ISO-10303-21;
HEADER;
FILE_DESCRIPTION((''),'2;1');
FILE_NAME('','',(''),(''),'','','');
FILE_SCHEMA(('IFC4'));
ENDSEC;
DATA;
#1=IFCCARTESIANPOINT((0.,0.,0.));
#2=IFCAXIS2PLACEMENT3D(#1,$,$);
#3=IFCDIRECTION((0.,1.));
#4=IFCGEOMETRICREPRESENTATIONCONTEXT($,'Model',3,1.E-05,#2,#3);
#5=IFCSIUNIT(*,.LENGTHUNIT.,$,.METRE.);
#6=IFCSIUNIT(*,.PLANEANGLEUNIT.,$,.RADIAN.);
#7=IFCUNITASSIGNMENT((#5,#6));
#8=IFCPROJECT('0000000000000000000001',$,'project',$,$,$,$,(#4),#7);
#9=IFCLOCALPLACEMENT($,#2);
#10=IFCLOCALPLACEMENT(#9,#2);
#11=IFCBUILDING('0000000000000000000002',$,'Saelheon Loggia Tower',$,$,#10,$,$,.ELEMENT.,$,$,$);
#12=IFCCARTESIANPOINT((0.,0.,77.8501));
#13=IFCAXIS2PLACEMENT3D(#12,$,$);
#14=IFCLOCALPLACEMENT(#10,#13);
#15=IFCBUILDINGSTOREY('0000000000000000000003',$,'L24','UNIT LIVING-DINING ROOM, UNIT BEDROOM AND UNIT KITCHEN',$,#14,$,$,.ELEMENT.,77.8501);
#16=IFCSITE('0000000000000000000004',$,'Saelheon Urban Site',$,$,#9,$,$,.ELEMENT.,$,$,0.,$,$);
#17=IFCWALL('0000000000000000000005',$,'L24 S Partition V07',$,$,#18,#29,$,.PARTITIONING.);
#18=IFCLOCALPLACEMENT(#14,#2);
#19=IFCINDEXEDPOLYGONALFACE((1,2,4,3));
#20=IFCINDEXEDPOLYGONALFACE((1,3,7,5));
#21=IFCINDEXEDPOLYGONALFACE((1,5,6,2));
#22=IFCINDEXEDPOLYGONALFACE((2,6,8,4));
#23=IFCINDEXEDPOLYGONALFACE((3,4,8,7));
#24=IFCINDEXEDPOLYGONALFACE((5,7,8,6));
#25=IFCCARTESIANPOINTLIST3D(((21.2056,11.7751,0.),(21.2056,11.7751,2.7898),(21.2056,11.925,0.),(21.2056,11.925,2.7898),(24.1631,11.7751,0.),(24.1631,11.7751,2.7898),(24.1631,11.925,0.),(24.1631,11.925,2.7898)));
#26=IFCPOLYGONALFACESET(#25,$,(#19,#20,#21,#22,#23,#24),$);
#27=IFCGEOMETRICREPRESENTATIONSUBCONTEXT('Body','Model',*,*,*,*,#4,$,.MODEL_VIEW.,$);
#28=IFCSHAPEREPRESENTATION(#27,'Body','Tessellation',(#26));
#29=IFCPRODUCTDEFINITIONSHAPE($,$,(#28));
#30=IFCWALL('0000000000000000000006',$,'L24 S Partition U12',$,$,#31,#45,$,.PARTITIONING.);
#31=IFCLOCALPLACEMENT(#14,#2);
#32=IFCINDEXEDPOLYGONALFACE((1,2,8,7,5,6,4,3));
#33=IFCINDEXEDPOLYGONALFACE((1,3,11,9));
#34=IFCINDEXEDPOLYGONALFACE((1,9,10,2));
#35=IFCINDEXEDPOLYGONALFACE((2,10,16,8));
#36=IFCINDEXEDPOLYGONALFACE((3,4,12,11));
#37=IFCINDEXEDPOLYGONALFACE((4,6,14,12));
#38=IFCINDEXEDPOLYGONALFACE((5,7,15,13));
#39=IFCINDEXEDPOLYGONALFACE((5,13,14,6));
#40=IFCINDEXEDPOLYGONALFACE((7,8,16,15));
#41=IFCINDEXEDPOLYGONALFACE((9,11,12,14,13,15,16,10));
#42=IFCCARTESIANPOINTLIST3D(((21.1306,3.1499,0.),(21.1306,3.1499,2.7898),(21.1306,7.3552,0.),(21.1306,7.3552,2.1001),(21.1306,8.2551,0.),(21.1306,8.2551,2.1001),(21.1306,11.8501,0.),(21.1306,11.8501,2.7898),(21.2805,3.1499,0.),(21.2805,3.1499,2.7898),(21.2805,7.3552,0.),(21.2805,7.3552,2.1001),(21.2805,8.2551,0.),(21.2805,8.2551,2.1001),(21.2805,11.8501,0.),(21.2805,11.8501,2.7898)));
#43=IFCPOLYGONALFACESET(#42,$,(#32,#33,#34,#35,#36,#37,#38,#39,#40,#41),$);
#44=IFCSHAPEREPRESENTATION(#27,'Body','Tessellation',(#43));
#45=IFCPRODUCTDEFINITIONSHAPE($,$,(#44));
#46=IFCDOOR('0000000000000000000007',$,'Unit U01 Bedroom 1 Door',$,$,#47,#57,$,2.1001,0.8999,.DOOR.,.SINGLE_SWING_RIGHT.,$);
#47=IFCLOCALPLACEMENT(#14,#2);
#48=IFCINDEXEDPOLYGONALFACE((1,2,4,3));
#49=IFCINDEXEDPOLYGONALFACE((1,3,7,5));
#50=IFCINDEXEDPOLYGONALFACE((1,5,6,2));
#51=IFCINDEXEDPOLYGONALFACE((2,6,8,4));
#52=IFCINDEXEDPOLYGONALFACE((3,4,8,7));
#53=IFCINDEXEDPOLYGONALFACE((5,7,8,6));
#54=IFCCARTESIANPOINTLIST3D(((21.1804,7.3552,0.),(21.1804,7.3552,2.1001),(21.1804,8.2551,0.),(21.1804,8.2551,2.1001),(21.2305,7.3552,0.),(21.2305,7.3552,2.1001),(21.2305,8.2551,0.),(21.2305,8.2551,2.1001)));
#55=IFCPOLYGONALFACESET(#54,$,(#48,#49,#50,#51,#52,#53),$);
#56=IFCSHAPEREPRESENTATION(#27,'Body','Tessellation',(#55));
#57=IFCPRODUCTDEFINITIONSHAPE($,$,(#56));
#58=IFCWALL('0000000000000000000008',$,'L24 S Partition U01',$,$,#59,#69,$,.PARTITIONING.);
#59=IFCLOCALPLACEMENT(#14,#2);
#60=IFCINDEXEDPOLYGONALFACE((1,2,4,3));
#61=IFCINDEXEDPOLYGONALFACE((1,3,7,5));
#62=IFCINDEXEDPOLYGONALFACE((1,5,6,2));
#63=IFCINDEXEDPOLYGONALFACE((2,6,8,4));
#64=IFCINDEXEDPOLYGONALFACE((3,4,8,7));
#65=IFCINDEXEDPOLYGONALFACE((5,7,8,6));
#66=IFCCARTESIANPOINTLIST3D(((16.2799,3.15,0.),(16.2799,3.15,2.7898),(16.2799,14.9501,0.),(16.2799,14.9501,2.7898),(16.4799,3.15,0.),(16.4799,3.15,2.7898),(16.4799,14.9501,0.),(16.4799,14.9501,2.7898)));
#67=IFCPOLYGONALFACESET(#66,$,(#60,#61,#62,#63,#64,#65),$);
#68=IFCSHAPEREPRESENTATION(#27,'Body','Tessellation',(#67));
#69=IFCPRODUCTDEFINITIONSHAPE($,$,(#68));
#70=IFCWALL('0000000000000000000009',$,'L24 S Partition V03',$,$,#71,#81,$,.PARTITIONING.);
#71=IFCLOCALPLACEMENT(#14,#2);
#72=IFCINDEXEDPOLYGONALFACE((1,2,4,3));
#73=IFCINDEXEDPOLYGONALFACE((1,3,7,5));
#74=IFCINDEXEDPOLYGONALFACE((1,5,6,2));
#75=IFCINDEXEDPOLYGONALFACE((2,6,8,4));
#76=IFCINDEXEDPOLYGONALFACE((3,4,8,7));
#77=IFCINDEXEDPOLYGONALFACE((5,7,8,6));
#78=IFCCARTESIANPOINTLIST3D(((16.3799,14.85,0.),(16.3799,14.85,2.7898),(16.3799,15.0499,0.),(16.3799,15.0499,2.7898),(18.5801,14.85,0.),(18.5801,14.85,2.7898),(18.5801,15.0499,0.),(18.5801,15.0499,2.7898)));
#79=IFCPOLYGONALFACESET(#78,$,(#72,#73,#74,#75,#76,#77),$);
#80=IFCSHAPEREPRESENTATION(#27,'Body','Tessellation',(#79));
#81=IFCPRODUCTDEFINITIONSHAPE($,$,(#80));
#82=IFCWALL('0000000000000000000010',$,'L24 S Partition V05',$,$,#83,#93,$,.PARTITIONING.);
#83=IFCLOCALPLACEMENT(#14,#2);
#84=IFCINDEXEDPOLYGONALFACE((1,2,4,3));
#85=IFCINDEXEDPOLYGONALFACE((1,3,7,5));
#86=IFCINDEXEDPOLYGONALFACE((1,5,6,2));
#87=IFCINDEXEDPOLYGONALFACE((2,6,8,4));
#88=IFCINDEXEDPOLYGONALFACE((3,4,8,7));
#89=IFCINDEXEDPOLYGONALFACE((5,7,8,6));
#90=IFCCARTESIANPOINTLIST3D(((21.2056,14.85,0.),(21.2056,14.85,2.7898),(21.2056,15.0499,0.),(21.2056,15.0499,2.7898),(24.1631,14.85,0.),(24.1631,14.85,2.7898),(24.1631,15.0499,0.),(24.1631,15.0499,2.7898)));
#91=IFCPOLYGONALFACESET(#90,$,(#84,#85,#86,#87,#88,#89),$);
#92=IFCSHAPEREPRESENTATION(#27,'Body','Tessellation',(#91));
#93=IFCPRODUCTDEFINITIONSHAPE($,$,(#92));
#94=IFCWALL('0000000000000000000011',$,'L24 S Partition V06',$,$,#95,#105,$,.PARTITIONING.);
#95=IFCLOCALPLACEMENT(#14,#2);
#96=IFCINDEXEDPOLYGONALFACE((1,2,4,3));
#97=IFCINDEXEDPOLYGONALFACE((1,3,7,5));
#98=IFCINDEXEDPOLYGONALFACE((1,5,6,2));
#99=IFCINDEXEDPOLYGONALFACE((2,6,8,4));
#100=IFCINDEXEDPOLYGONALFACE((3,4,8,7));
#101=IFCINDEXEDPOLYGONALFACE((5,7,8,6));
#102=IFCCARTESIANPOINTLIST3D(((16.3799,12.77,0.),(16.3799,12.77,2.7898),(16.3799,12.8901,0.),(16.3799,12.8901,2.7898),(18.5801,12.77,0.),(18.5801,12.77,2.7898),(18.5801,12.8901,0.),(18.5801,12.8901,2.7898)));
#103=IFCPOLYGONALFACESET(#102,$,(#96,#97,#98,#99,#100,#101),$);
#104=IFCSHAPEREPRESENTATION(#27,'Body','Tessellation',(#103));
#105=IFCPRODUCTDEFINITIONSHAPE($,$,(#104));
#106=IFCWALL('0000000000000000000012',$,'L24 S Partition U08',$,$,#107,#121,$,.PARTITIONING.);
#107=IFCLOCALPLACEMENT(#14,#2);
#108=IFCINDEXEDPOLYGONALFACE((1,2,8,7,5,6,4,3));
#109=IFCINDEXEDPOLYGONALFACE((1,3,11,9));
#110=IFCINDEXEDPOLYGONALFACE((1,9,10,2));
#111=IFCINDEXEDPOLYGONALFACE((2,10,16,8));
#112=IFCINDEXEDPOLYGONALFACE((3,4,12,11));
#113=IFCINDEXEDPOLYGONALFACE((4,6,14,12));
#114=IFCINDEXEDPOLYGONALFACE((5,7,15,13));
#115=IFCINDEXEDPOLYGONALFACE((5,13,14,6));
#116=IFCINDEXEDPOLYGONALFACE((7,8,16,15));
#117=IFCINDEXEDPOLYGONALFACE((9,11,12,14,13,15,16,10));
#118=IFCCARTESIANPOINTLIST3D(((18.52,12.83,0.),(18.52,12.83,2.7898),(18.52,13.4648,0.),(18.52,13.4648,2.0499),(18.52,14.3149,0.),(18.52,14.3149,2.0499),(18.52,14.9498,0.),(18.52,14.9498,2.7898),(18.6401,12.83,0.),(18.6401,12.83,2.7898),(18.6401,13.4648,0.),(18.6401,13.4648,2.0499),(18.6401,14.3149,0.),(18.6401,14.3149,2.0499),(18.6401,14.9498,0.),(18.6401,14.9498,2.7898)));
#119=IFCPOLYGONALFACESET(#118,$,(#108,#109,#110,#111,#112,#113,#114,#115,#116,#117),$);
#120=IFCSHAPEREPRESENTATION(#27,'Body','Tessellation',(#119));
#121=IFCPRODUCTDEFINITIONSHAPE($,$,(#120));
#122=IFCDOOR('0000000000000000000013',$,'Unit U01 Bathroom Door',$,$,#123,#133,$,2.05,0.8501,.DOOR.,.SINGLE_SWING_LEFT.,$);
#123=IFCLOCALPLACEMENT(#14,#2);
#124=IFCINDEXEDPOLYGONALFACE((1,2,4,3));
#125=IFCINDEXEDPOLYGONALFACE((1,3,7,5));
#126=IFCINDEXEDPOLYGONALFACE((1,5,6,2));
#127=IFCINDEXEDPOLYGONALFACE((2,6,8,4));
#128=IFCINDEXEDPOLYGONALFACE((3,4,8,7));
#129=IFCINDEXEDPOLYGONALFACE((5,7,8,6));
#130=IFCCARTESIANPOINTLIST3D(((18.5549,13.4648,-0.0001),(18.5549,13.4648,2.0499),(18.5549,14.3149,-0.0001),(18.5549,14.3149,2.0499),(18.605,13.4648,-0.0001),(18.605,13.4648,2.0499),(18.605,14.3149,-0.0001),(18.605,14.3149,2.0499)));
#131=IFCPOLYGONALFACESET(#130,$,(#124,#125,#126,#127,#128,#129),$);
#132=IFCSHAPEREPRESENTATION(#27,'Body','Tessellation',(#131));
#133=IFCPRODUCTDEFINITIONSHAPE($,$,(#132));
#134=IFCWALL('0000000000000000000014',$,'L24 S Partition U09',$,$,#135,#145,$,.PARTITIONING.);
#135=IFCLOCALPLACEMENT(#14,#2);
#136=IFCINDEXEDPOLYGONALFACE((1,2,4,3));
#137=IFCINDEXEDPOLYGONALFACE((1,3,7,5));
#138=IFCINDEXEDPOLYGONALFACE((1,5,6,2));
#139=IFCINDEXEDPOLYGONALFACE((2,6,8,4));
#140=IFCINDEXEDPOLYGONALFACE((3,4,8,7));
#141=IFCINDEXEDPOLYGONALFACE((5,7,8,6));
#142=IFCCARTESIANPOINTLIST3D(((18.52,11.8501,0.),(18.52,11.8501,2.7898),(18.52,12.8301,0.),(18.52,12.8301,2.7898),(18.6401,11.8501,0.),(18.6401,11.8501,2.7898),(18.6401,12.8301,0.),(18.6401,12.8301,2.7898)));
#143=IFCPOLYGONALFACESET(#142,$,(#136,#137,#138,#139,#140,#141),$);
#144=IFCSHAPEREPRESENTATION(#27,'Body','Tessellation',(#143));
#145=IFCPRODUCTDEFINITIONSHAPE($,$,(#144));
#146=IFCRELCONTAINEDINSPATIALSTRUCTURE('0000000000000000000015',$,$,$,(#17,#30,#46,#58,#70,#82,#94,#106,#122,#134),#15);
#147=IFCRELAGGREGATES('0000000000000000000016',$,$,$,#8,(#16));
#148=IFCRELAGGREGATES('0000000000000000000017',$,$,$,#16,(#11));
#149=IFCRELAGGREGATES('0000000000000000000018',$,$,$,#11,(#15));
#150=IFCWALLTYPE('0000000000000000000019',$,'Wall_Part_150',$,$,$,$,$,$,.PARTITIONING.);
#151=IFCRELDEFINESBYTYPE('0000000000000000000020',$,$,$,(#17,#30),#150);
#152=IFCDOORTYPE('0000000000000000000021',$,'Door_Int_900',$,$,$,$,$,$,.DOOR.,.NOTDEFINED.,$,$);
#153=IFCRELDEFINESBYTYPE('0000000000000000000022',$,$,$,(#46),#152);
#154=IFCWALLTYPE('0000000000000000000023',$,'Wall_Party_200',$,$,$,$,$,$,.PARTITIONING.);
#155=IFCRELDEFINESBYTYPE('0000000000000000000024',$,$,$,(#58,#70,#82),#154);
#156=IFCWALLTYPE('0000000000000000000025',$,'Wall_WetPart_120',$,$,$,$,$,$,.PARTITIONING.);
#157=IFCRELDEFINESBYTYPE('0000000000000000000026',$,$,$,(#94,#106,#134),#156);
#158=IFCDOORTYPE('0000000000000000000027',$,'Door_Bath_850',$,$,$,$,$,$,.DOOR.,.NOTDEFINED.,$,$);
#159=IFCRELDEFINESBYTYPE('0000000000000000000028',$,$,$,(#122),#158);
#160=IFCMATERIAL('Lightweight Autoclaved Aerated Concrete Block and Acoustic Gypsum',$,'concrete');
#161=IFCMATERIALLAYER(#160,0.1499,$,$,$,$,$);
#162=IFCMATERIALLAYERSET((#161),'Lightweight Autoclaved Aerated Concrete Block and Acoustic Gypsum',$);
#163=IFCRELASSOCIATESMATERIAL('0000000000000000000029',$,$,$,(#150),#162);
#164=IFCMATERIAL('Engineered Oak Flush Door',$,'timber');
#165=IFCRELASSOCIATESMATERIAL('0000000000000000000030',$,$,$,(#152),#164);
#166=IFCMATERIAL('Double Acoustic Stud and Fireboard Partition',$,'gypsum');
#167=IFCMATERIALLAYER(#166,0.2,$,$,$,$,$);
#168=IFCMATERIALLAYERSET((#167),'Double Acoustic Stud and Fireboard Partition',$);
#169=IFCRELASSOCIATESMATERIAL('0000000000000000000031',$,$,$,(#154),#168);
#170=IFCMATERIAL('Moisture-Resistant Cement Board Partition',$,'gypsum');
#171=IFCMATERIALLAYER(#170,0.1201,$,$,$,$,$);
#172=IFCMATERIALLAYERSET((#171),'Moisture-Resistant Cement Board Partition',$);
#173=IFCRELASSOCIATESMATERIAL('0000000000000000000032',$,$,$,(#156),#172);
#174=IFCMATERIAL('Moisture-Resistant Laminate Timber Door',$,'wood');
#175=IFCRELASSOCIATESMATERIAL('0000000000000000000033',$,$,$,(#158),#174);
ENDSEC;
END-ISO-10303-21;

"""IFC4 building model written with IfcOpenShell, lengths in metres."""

from ifc_helpers import new_model, si_unit, direction, frame, frame_2d, origin, place, context, subcontext, project, spatial, rectangle, extrude, source, transform, mapped, material, layer, layer_set, type_object, element, fill, save


model = new_model("IFC4")

# Units and contexts
model_context = context("Model", 3, precision=1e-05, world=origin(), true_north=direction((0.0, 1.0)))
body_context = subcontext(model_context, "Body", "Model", "MODEL_VIEW")
ifc_project = project(units=[si_unit("LENGTHUNIT", "METRE"), si_unit("PLANEANGLEUNIT", "RADIAN")], contexts=[model_context])

# Site, building, storey
site_placement = place(None, origin())
site = spatial("IfcSite", under=ifc_project, at=site_placement, Name="Saelheon Urban Site", CompositionType="ELEMENT", RefElevation=0.0)
building_placement = place(site_placement, origin())
building = spatial("IfcBuilding", under=site, at=building_placement, Name="Saelheon Loggia Tower", CompositionType="ELEMENT")
storey_placement = place(building_placement, frame((0.0, 0.0, 77.8501)))
storey = spatial("IfcBuildingStorey", under=building, at=storey_placement, Name="L24", Description="UNIT LIVING-DINING ROOM, UNIT BEDROOM AND UNIT KITCHEN", CompositionType="ELEMENT", Elevation=77.8501)

# Wall
ifc_material_1 = material(Name="Lightweight Autoclaved Aerated Concrete Block and Acoustic Gypsum", Category="concrete")
ifc_layer_1 = layer(ifc_material_1, 0.1499)
ifc_layer_set_1 = layer_set([ifc_layer_1], Name="Lightweight Autoclaved Aerated Concrete Block and Acoustic Gypsum")
wall_type_1 = type_object("IfcWallType", Name="Wall_Part_150", PredefinedType="PARTITIONING", material=ifc_layer_set_1)
wall_1_placement = place(storey_placement, frame((21.2056, 11.8501, 0.0), z_axis=(0.0, 0.0, 1.0), x_axis=(1.0, 0.0, 0.0)))
element("IfcWall", 1, at=wall_1_placement, inside=storey, type_object=wall_type_1, Name="L24 S Partition V07", PredefinedType="PARTITIONING", context=body_context, shape_type="SweptSolid", body=[
    extrude(rectangle(XDim=2.9575, YDim=0.1499, at=frame_2d((1.4788, 0.0))), origin(), (0.0, 0.0, 1.0), 2.7898),
])

# Wall, opening, door
wall_2_placement = place(storey_placement, frame((21.2056, 11.8501, 0.0), z_axis=(0.0, 0.0, 1.0), x_axis=(0.0, -1.0, 0.0)))
wall_2 = element("IfcWall", 2, at=wall_2_placement, inside=storey, type_object=wall_type_1, Name="L24 S Partition U12", PredefinedType="PARTITIONING", context=body_context, shape_type="SweptSolid", body=[
    extrude(rectangle(XDim=8.7002, YDim=0.1499, at=frame_2d((4.3501, 0.0))), origin(), (0.0, 0.0, 1.0), 2.7898),
])
opening_1_placement = place(wall_2_placement, frame((3.595, 0.0, 0.0)))
opening_1 = element("IfcOpeningElement", 3, at=opening_1_placement, cuts=wall_2, PredefinedType="OPENING", context=body_context, shape_type="SweptSolid", body=[
    extrude(rectangle(XDim=0.8999, YDim=2.1001, at=frame_2d((0.45, 1.05))), frame((0.0, 0.0869, 0.0), z_axis=(0.0, -1.0, 0.0), x_axis=(1.0, 0.0, 0.0)), (0.0, 0.0, 1.0), 0.1738),
])
ifc_material_2 = material(Name="Engineered Oak Flush Door", Category="timber")
door_type_1 = type_object("IfcDoorType", Name="Door_Int_900", OperationType="NOTDEFINED", PredefinedType="DOOR", material=ifc_material_2)
shared_shape_1 = source(origin(), body_context, "Body", "SweptSolid", [
    extrude(rectangle(XDim=0.8999, YDim=2.1001, at=frame_2d((0.45, 1.05))), frame((0.0, 0.0249, 0.0), z_axis=(0.0, -1.0, 0.0), x_axis=(1.0, 0.0, 0.0)), (0.0, 0.0, 1.0), 0.05),
])
door_1_placement = place(opening_1_placement, origin())
door_1 = element("IfcDoor", 4, at=door_1_placement, inside=storey, type_object=door_type_1, Name="Unit U01 Bedroom 1 Door", OperationType="SINGLE_SWING_RIGHT", OverallHeight=2.1001, OverallWidth=0.8999, PredefinedType="DOOR", context=body_context, shape_type="MappedRepresentation", body=[
    mapped(shared_shape_1, transform((0.0, 0.0, 0.0), scale=1.0)),
])
fill(opening_1, door_1)

# Walls
ifc_material_3 = material(Name="Double Acoustic Stud and Fireboard Partition", Category="gypsum")
ifc_layer_2 = layer(ifc_material_3, 0.2)
ifc_layer_set_2 = layer_set([ifc_layer_2], Name="Double Acoustic Stud and Fireboard Partition")
wall_type_2 = type_object("IfcWallType", Name="Wall_Party_200", PredefinedType="PARTITIONING", material=ifc_layer_set_2)
wall_3_placement = place(storey_placement, frame((16.3799, 14.95, 0.0), z_axis=(0.0, 0.0, 1.0), x_axis=(0.0, -1.0, 0.0)))
element("IfcWall", 5, at=wall_3_placement, inside=storey, type_object=wall_type_2, Name="L24 S Partition U01", PredefinedType="PARTITIONING", context=body_context, shape_type="SweptSolid", body=[
    extrude(rectangle(XDim=11.8, YDim=0.2, at=frame_2d((5.8999, 0.0))), origin(), (0.0, 0.0, 1.0), 2.7898),
])
wall_4_placement = place(storey_placement, frame((16.3799, 14.95, 0.0), z_axis=(0.0, 0.0, 1.0), x_axis=(1.0, 0.0, 0.0)))
element("IfcWall", 6, at=wall_4_placement, inside=storey, type_object=wall_type_2, Name="L24 S Partition V03", PredefinedType="PARTITIONING", context=body_context, shape_type="SweptSolid", body=[
    extrude(rectangle(XDim=2.2002, YDim=0.2, at=frame_2d((1.1001, 0.0))), origin(), (0.0, 0.0, 1.0), 2.7898),
])

# Walls
wall_5_placement = place(storey_placement, frame((21.2056, 14.95, 0.0), z_axis=(0.0, 0.0, 1.0), x_axis=(1.0, 0.0, 0.0)))
element("IfcWall", 7, at=wall_5_placement, inside=storey, type_object=wall_type_2, Name="L24 S Partition V05", PredefinedType="PARTITIONING", context=body_context, shape_type="SweptSolid", body=[
    extrude(rectangle(XDim=2.9575, YDim=0.2, at=frame_2d((1.4788, 0.0))), origin(), (0.0, 0.0, 1.0), 2.7898),
])
ifc_material_4 = material(Name="Moisture-Resistant Cement Board Partition", Category="gypsum")
ifc_layer_3 = layer(ifc_material_4, 0.1201)
ifc_layer_set_3 = layer_set([ifc_layer_3], Name="Moisture-Resistant Cement Board Partition")
wall_type_3 = type_object("IfcWallType", Name="Wall_WetPart_120", PredefinedType="PARTITIONING", material=ifc_layer_set_3)
wall_6_placement = place(storey_placement, frame((16.3799, 12.8301, 0.0), z_axis=(0.0, 0.0, 1.0), x_axis=(1.0, 0.0, 0.0)))
element("IfcWall", 8, at=wall_6_placement, inside=storey, type_object=wall_type_3, Name="L24 S Partition V06", PredefinedType="PARTITIONING", context=body_context, shape_type="SweptSolid", body=[
    extrude(rectangle(XDim=2.2002, YDim=0.1201, at=frame_2d((1.1001, 0.0))), origin(), (0.0, 0.0, 1.0), 2.7898),
])

# Wall, opening, door
wall_7_placement = place(storey_placement, frame((18.5801, 14.95, 0.0), z_axis=(0.0, 0.0, 1.0), x_axis=(0.0, -1.0, 0.0)))
wall_7 = element("IfcWall", 9, at=wall_7_placement, inside=storey, type_object=wall_type_3, Name="L24 S Partition U08", PredefinedType="PARTITIONING", context=body_context, shape_type="SweptSolid", body=[
    extrude(rectangle(XDim=2.1199, YDim=0.1201, at=frame_2d((1.0601, 0.0))), origin(), (0.0, 0.0, 1.0), 2.7898),
])
opening_2_placement = place(wall_7_placement, frame((0.635, 0.0, 0.0)))
opening_2 = element("IfcOpeningElement", 10, at=opening_2_placement, cuts=wall_7, PredefinedType="OPENING", context=body_context, shape_type="SweptSolid", body=[
    extrude(rectangle(XDim=0.8501, YDim=2.05, at=frame_2d((0.425, 1.0249))), frame((0.0, 0.072, 0.0), z_axis=(0.0, -1.0, 0.0), x_axis=(1.0, 0.0, 0.0)), (0.0, 0.0, 1.0), 0.144),
])
ifc_material_5 = material(Name="Moisture-Resistant Laminate Timber Door", Category="wood")
door_type_2 = type_object("IfcDoorType", Name="Door_Bath_850", OperationType="NOTDEFINED", PredefinedType="DOOR", material=ifc_material_5)
shared_shape_2 = source(origin(), body_context, "Body", "SweptSolid", [
    extrude(rectangle(XDim=0.8501, YDim=2.05, at=frame_2d((0.425, 1.0249))), frame((0.0, 0.0249, 0.0), z_axis=(0.0, -1.0, 0.0), x_axis=(1.0, 0.0, 0.0)), (0.0, 0.0, 1.0), 0.05),
])
door_2_placement = place(opening_2_placement, origin())
door_2 = element("IfcDoor", 11, at=door_2_placement, inside=storey, type_object=door_type_2, Name="Unit U01 Bathroom Door", OperationType="SINGLE_SWING_LEFT", OverallHeight=2.05, OverallWidth=0.8501, PredefinedType="DOOR", context=body_context, shape_type="MappedRepresentation", body=[
    mapped(shared_shape_2, transform((0.0, 0.0, 0.0), scale=1.0)),
])
fill(opening_2, door_2)

# Wall
wall_8_placement = place(storey_placement, frame((18.5801, 12.8301, 0.0), z_axis=(0.0, 0.0, 1.0), x_axis=(0.0, -1.0, 0.0)))
element("IfcWall", 12, at=wall_8_placement, inside=storey, type_object=wall_type_3, Name="L24 S Partition U09", PredefinedType="PARTITIONING", context=body_context, shape_type="SweptSolid", body=[
    extrude(rectangle(XDim=0.98, YDim=0.1201, at=frame_2d((0.49, 0.0))), origin(), (0.0, 0.0, 1.0), 2.7898),
])

save(model, "model.ifc")
